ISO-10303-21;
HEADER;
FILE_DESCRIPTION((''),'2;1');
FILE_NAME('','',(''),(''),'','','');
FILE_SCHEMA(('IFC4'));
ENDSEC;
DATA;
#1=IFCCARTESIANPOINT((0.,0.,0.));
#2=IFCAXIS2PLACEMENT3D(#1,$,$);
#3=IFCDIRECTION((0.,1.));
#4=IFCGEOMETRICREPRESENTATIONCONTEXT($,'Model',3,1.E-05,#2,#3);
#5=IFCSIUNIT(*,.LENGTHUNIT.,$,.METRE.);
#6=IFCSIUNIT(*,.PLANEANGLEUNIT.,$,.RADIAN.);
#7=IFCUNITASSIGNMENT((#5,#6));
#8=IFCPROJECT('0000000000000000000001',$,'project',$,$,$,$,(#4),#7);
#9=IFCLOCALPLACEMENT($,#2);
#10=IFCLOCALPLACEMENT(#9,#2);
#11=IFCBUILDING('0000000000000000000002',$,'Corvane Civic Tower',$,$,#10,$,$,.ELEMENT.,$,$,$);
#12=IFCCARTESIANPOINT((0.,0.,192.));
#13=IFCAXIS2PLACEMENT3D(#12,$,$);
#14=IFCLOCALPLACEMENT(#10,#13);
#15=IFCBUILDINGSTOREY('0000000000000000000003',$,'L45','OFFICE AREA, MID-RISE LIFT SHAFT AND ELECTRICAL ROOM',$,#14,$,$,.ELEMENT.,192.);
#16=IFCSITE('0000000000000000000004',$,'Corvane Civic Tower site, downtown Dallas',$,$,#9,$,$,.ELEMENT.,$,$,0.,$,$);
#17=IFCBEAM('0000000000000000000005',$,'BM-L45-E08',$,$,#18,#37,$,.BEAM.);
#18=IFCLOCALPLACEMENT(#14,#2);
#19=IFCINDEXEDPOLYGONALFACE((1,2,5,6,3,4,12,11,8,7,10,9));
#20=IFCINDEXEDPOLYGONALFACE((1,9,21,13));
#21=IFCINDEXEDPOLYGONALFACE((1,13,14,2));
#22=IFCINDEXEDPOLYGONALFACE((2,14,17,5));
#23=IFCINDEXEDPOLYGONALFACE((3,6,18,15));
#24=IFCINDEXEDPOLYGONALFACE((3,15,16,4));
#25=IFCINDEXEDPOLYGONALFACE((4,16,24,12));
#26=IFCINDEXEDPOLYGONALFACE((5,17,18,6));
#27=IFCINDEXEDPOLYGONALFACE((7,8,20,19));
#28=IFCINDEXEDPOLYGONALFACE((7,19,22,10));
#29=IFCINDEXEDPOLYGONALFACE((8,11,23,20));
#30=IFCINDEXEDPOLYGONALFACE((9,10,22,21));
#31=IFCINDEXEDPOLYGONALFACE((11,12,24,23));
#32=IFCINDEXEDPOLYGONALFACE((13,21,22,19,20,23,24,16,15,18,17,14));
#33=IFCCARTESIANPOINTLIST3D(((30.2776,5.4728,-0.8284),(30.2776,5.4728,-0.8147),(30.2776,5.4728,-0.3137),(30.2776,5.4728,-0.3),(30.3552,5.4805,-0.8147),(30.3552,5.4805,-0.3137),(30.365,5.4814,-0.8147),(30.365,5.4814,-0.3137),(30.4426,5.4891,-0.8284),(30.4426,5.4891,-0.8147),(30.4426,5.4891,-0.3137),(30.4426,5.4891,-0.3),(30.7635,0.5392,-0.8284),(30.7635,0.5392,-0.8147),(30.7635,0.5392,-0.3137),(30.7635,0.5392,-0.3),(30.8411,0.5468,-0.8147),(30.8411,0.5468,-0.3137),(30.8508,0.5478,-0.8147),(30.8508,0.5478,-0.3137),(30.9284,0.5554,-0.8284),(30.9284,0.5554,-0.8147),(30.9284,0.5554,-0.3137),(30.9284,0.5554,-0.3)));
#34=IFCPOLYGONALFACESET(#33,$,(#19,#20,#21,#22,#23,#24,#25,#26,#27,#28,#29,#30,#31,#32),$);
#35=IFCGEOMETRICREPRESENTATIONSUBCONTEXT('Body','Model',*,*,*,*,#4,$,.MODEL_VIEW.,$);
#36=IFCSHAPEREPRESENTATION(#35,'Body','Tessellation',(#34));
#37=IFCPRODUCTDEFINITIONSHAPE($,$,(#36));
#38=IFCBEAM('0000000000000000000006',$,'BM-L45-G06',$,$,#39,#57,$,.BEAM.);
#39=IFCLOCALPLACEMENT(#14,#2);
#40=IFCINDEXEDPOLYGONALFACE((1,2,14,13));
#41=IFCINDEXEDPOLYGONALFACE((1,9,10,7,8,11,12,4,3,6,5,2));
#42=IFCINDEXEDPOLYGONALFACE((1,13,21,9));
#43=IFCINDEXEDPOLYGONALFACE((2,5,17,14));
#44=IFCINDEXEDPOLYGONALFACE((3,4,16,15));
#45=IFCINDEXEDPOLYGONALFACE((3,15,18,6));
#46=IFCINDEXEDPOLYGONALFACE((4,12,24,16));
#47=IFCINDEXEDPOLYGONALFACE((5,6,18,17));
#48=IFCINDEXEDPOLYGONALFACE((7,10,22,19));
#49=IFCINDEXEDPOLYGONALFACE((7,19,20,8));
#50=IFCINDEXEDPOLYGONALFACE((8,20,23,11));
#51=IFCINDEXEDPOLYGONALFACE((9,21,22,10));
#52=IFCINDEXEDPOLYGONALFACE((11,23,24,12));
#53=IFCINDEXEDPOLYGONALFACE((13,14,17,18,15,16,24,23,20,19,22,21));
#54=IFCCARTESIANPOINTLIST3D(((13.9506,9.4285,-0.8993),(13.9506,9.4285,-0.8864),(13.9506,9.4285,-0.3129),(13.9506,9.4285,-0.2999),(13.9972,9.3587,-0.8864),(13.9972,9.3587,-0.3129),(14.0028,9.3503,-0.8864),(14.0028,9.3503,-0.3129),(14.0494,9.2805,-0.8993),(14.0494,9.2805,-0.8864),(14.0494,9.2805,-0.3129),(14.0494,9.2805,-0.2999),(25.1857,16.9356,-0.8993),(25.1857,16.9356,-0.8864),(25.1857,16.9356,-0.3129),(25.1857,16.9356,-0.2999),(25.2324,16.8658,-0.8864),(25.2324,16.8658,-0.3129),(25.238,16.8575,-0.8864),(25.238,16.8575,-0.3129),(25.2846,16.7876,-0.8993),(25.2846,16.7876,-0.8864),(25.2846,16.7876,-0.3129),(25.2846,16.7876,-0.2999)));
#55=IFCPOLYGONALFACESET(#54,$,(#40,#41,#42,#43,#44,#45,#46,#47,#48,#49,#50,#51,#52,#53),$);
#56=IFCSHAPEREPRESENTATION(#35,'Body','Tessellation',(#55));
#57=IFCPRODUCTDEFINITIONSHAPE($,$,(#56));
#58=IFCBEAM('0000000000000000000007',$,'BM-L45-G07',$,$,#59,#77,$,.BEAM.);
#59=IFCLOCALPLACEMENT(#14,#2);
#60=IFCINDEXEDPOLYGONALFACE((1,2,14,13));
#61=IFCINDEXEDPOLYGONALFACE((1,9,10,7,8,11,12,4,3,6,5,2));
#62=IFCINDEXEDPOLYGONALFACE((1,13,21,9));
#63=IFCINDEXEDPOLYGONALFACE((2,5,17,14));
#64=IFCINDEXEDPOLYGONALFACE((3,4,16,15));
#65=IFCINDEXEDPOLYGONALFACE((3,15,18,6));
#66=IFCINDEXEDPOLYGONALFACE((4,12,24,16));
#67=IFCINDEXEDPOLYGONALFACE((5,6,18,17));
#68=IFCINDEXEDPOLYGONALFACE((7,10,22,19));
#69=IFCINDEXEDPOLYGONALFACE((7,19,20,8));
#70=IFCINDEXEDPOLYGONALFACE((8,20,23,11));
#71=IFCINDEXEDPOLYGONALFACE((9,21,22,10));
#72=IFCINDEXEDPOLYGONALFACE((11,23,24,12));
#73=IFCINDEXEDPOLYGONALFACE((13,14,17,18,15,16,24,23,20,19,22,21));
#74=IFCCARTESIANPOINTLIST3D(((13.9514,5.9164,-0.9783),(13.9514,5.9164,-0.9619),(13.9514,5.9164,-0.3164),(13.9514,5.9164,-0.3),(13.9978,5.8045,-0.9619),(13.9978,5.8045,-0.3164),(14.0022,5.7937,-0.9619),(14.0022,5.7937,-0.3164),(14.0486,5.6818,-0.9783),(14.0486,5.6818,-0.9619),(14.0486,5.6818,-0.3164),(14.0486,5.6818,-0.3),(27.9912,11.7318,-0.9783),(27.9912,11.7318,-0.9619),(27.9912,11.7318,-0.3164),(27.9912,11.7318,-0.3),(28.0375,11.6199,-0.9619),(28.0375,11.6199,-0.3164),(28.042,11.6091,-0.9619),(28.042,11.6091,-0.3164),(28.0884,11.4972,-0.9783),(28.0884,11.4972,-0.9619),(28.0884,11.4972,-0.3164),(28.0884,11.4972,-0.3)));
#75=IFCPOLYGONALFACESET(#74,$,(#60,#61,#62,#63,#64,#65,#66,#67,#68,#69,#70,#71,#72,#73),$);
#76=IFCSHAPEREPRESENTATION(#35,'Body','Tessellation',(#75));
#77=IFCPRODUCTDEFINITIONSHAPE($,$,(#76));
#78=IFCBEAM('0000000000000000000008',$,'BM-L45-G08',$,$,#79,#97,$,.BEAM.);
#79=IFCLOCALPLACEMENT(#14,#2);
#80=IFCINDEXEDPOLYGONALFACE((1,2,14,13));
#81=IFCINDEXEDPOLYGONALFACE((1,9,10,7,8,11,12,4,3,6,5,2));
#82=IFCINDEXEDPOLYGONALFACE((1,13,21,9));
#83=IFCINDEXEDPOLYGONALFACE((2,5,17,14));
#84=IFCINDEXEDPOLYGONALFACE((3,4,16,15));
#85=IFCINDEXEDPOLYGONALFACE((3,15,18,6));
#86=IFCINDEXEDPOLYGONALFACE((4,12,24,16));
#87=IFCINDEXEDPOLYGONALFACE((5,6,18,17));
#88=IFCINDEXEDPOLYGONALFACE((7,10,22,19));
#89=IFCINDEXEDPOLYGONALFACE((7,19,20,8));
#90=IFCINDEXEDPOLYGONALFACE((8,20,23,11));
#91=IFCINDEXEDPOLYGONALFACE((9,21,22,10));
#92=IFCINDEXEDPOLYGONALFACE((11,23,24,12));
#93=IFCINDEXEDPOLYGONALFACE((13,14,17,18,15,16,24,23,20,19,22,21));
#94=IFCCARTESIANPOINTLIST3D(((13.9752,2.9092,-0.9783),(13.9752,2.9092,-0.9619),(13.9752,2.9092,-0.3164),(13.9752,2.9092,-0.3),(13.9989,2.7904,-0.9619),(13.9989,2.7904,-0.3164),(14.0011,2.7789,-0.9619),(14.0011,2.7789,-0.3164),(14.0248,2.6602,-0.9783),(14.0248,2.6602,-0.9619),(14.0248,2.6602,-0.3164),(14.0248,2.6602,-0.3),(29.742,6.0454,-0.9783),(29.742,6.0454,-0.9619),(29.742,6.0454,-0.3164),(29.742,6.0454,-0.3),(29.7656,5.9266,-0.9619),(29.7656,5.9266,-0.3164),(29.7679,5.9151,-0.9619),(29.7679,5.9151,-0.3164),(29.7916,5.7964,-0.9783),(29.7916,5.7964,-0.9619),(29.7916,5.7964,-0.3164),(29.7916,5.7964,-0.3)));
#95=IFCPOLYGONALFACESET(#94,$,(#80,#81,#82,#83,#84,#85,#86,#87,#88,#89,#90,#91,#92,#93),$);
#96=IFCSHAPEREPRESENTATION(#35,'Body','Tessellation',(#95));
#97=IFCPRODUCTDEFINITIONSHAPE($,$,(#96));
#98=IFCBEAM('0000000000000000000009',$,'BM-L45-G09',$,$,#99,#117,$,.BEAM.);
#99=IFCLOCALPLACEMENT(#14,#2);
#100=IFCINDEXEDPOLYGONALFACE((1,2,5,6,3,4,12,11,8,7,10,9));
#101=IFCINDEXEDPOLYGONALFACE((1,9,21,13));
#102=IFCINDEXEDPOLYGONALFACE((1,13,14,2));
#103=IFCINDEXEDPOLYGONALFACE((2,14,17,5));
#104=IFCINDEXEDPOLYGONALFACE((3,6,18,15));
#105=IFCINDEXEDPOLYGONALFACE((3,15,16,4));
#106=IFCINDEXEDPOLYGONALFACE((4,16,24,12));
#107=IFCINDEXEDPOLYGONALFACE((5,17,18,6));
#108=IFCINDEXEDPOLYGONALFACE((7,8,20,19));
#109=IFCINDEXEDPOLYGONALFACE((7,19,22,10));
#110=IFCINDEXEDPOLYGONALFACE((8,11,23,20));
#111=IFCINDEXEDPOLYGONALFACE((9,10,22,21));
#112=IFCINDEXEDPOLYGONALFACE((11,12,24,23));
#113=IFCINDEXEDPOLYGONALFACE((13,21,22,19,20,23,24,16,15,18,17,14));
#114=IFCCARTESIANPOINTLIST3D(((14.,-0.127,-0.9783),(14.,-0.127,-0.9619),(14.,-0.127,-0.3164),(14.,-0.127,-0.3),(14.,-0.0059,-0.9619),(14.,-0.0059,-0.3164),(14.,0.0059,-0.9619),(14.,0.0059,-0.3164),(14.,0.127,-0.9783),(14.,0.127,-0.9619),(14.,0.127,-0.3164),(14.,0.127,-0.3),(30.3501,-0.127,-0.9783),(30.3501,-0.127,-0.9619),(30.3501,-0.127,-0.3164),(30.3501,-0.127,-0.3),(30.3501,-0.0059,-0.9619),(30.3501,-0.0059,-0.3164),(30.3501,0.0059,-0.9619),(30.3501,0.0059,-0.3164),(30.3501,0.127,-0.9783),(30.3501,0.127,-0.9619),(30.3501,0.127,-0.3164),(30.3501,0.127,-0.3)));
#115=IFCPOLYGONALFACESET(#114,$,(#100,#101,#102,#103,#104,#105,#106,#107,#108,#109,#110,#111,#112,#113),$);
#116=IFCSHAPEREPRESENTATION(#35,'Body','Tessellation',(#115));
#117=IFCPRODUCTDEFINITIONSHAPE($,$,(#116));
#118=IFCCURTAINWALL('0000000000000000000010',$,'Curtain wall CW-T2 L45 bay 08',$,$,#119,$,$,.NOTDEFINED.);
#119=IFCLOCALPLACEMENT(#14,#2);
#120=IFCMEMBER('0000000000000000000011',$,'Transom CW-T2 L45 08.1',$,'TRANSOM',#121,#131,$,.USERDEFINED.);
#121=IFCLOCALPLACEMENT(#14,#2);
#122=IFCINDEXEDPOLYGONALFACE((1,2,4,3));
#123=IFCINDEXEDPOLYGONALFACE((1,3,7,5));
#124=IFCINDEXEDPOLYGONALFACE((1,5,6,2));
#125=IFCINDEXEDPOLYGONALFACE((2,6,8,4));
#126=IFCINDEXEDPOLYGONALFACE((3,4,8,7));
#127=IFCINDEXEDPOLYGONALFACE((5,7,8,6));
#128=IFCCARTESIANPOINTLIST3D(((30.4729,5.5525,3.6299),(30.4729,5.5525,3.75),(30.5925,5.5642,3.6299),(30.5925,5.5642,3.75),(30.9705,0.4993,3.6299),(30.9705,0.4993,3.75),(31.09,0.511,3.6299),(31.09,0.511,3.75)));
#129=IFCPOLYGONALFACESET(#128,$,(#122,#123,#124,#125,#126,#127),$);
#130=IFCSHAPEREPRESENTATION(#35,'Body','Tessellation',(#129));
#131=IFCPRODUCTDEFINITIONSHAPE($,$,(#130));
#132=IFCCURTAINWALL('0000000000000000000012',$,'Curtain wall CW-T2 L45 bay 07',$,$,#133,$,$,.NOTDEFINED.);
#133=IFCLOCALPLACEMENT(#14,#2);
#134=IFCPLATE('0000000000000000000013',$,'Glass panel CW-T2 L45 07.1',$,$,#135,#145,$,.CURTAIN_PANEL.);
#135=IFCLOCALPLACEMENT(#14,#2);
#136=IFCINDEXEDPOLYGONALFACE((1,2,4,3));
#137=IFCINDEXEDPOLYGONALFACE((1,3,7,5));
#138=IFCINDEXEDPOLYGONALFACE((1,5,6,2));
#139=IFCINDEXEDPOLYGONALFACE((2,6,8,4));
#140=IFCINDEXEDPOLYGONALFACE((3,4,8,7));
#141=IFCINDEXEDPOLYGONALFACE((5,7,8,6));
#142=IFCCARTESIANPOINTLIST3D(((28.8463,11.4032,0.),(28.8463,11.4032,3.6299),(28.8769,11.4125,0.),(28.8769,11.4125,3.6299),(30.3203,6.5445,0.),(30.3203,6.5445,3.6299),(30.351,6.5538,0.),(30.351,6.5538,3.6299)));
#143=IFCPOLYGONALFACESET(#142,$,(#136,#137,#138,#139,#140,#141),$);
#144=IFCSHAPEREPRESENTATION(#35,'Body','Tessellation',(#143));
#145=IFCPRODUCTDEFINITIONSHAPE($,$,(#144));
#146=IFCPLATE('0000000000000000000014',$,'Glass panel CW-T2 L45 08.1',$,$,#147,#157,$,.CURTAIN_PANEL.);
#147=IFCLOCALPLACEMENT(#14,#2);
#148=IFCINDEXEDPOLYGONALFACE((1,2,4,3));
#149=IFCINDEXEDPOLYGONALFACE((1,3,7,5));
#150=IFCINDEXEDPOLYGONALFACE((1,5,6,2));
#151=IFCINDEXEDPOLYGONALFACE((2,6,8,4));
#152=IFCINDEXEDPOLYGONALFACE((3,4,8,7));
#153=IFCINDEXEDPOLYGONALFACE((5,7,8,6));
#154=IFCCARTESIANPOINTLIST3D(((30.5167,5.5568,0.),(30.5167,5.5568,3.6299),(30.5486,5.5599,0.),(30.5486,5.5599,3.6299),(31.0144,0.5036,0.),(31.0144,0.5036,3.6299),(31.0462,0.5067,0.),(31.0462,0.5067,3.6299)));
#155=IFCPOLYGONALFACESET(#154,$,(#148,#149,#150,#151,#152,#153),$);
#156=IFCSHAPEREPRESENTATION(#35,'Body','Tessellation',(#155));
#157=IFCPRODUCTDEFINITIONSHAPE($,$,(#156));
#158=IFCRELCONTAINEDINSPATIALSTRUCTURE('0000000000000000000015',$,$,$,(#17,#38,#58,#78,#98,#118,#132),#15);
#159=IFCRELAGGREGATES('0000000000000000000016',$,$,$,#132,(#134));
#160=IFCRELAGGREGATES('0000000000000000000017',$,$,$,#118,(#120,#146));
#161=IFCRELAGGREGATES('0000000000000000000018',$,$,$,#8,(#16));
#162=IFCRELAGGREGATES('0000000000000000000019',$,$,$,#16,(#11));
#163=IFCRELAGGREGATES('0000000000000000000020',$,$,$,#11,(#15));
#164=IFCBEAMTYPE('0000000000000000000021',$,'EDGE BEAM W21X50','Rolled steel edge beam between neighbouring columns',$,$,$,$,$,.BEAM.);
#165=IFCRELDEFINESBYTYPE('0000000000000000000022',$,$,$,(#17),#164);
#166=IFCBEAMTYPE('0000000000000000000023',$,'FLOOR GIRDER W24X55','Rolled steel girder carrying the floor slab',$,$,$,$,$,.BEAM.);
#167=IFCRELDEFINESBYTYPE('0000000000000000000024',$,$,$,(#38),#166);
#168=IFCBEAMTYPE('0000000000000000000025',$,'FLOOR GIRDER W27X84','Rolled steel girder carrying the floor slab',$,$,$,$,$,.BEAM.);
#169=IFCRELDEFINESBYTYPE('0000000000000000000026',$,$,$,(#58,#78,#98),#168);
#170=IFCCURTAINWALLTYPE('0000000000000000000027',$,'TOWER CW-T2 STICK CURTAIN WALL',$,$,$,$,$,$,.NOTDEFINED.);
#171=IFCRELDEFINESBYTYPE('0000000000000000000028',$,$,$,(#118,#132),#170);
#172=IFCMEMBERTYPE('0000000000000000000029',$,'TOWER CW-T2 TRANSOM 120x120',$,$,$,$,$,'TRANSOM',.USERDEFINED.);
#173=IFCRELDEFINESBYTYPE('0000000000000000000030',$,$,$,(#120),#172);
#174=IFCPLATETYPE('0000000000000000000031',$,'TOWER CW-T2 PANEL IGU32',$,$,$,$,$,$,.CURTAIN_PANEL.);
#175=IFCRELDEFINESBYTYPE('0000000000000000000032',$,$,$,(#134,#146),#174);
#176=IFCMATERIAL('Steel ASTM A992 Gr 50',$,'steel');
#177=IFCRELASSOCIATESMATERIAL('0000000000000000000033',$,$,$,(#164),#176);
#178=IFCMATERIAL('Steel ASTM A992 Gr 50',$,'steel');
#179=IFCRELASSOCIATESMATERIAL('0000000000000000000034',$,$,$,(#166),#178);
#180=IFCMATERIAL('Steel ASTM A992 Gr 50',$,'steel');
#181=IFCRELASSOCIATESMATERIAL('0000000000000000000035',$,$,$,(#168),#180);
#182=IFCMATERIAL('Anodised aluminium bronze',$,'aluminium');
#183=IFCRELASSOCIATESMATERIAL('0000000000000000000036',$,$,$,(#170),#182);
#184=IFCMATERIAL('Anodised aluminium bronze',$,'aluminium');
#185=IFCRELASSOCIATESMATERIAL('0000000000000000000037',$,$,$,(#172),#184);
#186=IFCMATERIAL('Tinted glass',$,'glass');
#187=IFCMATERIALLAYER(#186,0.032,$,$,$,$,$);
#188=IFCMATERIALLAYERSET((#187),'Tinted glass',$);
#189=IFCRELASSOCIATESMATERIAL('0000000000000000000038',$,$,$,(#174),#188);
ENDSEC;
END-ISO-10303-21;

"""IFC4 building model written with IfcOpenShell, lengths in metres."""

from ifc_helpers import new_model, si_unit, direction, frame, origin, origin_2d, place, context, subcontext, project, spatial, rectangle, i_section, extrude, material, layer, layer_set, material_profile, profile_set, type_object, element, aggregate, save


model = new_model("IFC4")

# Units and contexts
model_context = context("Model", 3, precision=1e-05, world=origin(), true_north=direction((0.0, 1.0)))
body_context = subcontext(model_context, "Body", "Model", "MODEL_VIEW")
ifc_project = project(units=[si_unit("LENGTHUNIT", "METRE"), si_unit("PLANEANGLEUNIT", "RADIAN")], contexts=[model_context])

# Site, building, storey
site_placement = place(None, origin())
site = spatial("IfcSite", under=ifc_project, at=site_placement, Name="Corvane Civic Tower site, downtown Dallas", CompositionType="ELEMENT", RefElevation=0.0)
building_placement = place(site_placement, origin())
building = spatial("IfcBuilding", under=site, at=building_placement, Name="Corvane Civic Tower", CompositionType="ELEMENT")
storey_placement = place(building_placement, frame((0.0, 0.0, 192.0)))
storey = spatial("IfcBuildingStorey", under=building, at=storey_placement, Name="L45", Description="OFFICE AREA, MID-RISE LIFT SHAFT AND ELECTRICAL ROOM", CompositionType="ELEMENT", Elevation=192.0)

# Beams
ifc_material_1 = material(Name="Steel ASTM A992 Gr 50", Category="steel")
ifc_material_profile_1 = material_profile(ifc_material_1, i_section(OverallWidth=0.1658, OverallDepth=0.5283, WebThickness=0.0098, FlangeThickness=0.0137, at=origin_2d()), Name="W21X50")
ifc_profile_set_1 = profile_set([ifc_material_profile_1], Name="Steel ASTM A992 Gr 50")
beam_type_1 = type_object("IfcBeamType", Name="EDGE BEAM W21X50", Description="Rolled steel edge beam between neighbouring columns", PredefinedType="BEAM", material=ifc_profile_set_1)
beam_1_placement = place(storey_placement, frame((30.3601, 5.481, -0.5642), z_axis=(0.098002, -0.995186, 0.0), x_axis=(0.995186, 0.098002, 0.0)))
element("IfcBeam", 1, at=beam_1_placement, inside=storey, type_object=beam_type_1, Name="BM-L45-E08", PredefinedType="BEAM", context=body_context, shape_type="SweptSolid", body=[
    extrude(i_section(OverallWidth=0.1658, OverallDepth=0.5283, WebThickness=0.0098, FlangeThickness=0.0137, at=origin_2d()), origin(), (0.0, 0.0, 1.0), 4.9575),
])
ifc_material_2 = material(Name="Steel ASTM A992 Gr 50", Category="steel")
ifc_material_profile_2 = material_profile(ifc_material_2, i_section(OverallWidth=0.178, OverallDepth=0.5994, WebThickness=0.01, FlangeThickness=0.0129, at=origin_2d()), Name="W24X55")
ifc_profile_set_2 = profile_set([ifc_material_profile_2], Name="Steel ASTM A992 Gr 50")
beam_type_2 = type_object("IfcBeamType", Name="FLOOR GIRDER W24X55", Description="Rolled steel girder carrying the floor slab", PredefinedType="BEAM", material=ifc_profile_set_2)
beam_2_placement = place(storey_placement, frame((14.0, 9.3545, -0.5996), z_axis=(0.831469, 0.555571, 0.0), x_axis=(-0.555571, 0.831469, 0.0)))
element("IfcBeam", 2, at=beam_2_placement, inside=storey, type_object=beam_type_2, Name="BM-L45-G06", PredefinedType="BEAM", context=body_context, shape_type="SweptSolid", body=[
    extrude(i_section(OverallWidth=0.178, OverallDepth=0.5994, WebThickness=0.01, FlangeThickness=0.0129, at=origin_2d()), origin(), (0.0, 0.0, 1.0), 13.5125),
])
ifc_material_3 = material(Name="Steel ASTM A992 Gr 50", Category="steel")
ifc_material_profile_3 = material_profile(ifc_material_3, i_section(OverallWidth=0.2539, OverallDepth=0.6782, WebThickness=0.0117, FlangeThickness=0.0164, at=origin_2d()), Name="W27X84")
ifc_profile_set_3 = profile_set([ifc_material_profile_3], Name="Steel ASTM A992 Gr 50")
beam_type_3 = type_object("IfcBeamType", Name="FLOOR GIRDER W27X84", Description="Rolled steel girder carrying the floor slab", PredefinedType="BEAM", material=ifc_profile_set_3)
beam_3_placement = place(storey_placement, frame((14.0, 5.7991, -0.6392), z_axis=(0.923881, 0.382681, 0.0), x_axis=(-0.382681, 0.923881, 0.0)))
element("IfcBeam", 3, at=beam_3_placement, inside=storey, type_object=beam_type_3, Name="BM-L45-G07", PredefinedType="BEAM", context=body_context, shape_type="SweptSolid", body=[
    extrude(i_section(OverallWidth=0.2539, OverallDepth=0.6782, WebThickness=0.0117, FlangeThickness=0.0164, at=origin_2d()), origin(), (0.0, 0.0, 1.0), 15.1965),
])
beam_4_placement = place(storey_placement, frame((14.0, 2.7847, -0.6392), z_axis=(0.980785, 0.195091, 0.0), x_axis=(-0.195091, 0.980785, 0.0)))
element("IfcBeam", 4, at=beam_4_placement, inside=storey, type_object=beam_type_3, Name="BM-L45-G08", PredefinedType="BEAM", context=body_context, shape_type="SweptSolid", body=[
    extrude(i_section(OverallWidth=0.2539, OverallDepth=0.6782, WebThickness=0.0117, FlangeThickness=0.0164, at=origin_2d()), origin(), (0.0, 0.0, 1.0), 16.0757),
])
beam_5_placement = place(storey_placement, frame((14.0, 0.0, -0.6392), z_axis=(1.0, 0.0, 0.0), x_axis=(0.0, 1.0, 0.0)))
element("IfcBeam", 5, at=beam_5_placement, inside=storey, type_object=beam_type_3, Name="BM-L45-G09", PredefinedType="BEAM", context=body_context, shape_type="SweptSolid", body=[
    extrude(i_section(OverallWidth=0.2539, OverallDepth=0.6782, WebThickness=0.0117, FlangeThickness=0.0164, at=origin_2d()), origin(), (0.0, 0.0, 1.0), 16.3501),
])

# Curtain wall, member
ifc_material_4 = material(Name="Anodised aluminium bronze", Category="aluminium")
curtain_wall_type = type_object("IfcCurtainWallType", Name="TOWER CW-T2 STICK CURTAIN WALL", PredefinedType="NOTDEFINED", material=ifc_material_4)
curtain_wall_1_placement = place(storey_placement, origin())
curtain_wall_1 = element("IfcCurtainWall", 6, at=curtain_wall_1_placement, inside=storey, type_object=curtain_wall_type, Name="Curtain wall CW-T2 L45 bay 08", PredefinedType="NOTDEFINED")
ifc_material_5 = material(Name="Anodised aluminium bronze", Category="aluminium")
ifc_material_profile_4 = material_profile(ifc_material_5, rectangle(XDim=0.1201, YDim=0.1201, at=origin_2d()), Name="TOWER CW-T2 TRANSOM 120x120")
ifc_profile_set_4 = profile_set([ifc_material_profile_4], Name="Anodised aluminium bronze")
member_type = type_object("IfcMemberType", Name="TOWER CW-T2 TRANSOM 120x120", ElementType="TRANSOM", PredefinedType="USERDEFINED", material=ifc_profile_set_4)
member_placement = place(storey_placement, frame((30.5327, 5.5583, 3.6899), z_axis=(0.09799, -0.995187, 0.0), x_axis=(0.995187, 0.09799, 0.0)))
member = element("IfcMember", 7, at=member_placement, type_object=member_type, Name="Transom CW-T2 L45 08.1", ObjectType="TRANSOM", PredefinedType="USERDEFINED", context=body_context, shape_type="SweptSolid", body=[
    extrude(rectangle(XDim=0.1201, YDim=0.1201, at=origin_2d()), origin(), (0.0, 0.0, 1.0), 5.0776),
])

# Curtain wall, plate
curtain_wall_2_placement = place(storey_placement, origin())
curtain_wall_2 = element("IfcCurtainWall", 8, at=curtain_wall_2_placement, inside=storey, type_object=curtain_wall_type, Name="Curtain wall CW-T2 L45 bay 07", PredefinedType="NOTDEFINED")
ifc_material_6 = material(Name="Tinted glass", Category="glass")
ifc_layer_1 = layer(ifc_material_6, 0.032)
ifc_layer_set_1 = layer_set([ifc_layer_1], Name="Tinted glass")
plate_type = type_object("IfcPlateType", Name="TOWER CW-T2 PANEL IGU32", PredefinedType="CURTAIN_PANEL", material=ifc_layer_set_1)
plate_1_placement = place(storey_placement, frame((29.5986, 8.9785, 0.0), z_axis=(0.0, 0.0, 1.0), x_axis=(0.290313, -0.956932, 0.0)))
plate_1 = element("IfcPlate", 9, at=plate_1_placement, type_object=plate_type, Name="Glass panel CW-T2 L45 07.1", PredefinedType="CURTAIN_PANEL", context=body_context, shape_type="SweptSolid", body=[
    extrude(rectangle(XDim=5.0774, YDim=0.032, at=origin_2d()), origin(), (0.0, 0.0, 1.0), 3.6299),
])
aggregate(curtain_wall_2, [plate_1])

# Plate
plate_2_placement = place(storey_placement, frame((30.7815, 3.0317, 0.0), z_axis=(0.0, 0.0, 1.0), x_axis=(0.098012, -0.995185, 0.0)))
plate_2 = element("IfcPlate", 10, at=plate_2_placement, type_object=plate_type, Name="Glass panel CW-T2 L45 08.1", PredefinedType="CURTAIN_PANEL", context=body_context, shape_type="SweptSolid", body=[
    extrude(rectangle(XDim=5.0776, YDim=0.032, at=origin_2d()), origin(), (0.0, 0.0, 1.0), 3.6299),
])
aggregate(curtain_wall_1, [member, plate_2])

save(model, "model.ifc")
